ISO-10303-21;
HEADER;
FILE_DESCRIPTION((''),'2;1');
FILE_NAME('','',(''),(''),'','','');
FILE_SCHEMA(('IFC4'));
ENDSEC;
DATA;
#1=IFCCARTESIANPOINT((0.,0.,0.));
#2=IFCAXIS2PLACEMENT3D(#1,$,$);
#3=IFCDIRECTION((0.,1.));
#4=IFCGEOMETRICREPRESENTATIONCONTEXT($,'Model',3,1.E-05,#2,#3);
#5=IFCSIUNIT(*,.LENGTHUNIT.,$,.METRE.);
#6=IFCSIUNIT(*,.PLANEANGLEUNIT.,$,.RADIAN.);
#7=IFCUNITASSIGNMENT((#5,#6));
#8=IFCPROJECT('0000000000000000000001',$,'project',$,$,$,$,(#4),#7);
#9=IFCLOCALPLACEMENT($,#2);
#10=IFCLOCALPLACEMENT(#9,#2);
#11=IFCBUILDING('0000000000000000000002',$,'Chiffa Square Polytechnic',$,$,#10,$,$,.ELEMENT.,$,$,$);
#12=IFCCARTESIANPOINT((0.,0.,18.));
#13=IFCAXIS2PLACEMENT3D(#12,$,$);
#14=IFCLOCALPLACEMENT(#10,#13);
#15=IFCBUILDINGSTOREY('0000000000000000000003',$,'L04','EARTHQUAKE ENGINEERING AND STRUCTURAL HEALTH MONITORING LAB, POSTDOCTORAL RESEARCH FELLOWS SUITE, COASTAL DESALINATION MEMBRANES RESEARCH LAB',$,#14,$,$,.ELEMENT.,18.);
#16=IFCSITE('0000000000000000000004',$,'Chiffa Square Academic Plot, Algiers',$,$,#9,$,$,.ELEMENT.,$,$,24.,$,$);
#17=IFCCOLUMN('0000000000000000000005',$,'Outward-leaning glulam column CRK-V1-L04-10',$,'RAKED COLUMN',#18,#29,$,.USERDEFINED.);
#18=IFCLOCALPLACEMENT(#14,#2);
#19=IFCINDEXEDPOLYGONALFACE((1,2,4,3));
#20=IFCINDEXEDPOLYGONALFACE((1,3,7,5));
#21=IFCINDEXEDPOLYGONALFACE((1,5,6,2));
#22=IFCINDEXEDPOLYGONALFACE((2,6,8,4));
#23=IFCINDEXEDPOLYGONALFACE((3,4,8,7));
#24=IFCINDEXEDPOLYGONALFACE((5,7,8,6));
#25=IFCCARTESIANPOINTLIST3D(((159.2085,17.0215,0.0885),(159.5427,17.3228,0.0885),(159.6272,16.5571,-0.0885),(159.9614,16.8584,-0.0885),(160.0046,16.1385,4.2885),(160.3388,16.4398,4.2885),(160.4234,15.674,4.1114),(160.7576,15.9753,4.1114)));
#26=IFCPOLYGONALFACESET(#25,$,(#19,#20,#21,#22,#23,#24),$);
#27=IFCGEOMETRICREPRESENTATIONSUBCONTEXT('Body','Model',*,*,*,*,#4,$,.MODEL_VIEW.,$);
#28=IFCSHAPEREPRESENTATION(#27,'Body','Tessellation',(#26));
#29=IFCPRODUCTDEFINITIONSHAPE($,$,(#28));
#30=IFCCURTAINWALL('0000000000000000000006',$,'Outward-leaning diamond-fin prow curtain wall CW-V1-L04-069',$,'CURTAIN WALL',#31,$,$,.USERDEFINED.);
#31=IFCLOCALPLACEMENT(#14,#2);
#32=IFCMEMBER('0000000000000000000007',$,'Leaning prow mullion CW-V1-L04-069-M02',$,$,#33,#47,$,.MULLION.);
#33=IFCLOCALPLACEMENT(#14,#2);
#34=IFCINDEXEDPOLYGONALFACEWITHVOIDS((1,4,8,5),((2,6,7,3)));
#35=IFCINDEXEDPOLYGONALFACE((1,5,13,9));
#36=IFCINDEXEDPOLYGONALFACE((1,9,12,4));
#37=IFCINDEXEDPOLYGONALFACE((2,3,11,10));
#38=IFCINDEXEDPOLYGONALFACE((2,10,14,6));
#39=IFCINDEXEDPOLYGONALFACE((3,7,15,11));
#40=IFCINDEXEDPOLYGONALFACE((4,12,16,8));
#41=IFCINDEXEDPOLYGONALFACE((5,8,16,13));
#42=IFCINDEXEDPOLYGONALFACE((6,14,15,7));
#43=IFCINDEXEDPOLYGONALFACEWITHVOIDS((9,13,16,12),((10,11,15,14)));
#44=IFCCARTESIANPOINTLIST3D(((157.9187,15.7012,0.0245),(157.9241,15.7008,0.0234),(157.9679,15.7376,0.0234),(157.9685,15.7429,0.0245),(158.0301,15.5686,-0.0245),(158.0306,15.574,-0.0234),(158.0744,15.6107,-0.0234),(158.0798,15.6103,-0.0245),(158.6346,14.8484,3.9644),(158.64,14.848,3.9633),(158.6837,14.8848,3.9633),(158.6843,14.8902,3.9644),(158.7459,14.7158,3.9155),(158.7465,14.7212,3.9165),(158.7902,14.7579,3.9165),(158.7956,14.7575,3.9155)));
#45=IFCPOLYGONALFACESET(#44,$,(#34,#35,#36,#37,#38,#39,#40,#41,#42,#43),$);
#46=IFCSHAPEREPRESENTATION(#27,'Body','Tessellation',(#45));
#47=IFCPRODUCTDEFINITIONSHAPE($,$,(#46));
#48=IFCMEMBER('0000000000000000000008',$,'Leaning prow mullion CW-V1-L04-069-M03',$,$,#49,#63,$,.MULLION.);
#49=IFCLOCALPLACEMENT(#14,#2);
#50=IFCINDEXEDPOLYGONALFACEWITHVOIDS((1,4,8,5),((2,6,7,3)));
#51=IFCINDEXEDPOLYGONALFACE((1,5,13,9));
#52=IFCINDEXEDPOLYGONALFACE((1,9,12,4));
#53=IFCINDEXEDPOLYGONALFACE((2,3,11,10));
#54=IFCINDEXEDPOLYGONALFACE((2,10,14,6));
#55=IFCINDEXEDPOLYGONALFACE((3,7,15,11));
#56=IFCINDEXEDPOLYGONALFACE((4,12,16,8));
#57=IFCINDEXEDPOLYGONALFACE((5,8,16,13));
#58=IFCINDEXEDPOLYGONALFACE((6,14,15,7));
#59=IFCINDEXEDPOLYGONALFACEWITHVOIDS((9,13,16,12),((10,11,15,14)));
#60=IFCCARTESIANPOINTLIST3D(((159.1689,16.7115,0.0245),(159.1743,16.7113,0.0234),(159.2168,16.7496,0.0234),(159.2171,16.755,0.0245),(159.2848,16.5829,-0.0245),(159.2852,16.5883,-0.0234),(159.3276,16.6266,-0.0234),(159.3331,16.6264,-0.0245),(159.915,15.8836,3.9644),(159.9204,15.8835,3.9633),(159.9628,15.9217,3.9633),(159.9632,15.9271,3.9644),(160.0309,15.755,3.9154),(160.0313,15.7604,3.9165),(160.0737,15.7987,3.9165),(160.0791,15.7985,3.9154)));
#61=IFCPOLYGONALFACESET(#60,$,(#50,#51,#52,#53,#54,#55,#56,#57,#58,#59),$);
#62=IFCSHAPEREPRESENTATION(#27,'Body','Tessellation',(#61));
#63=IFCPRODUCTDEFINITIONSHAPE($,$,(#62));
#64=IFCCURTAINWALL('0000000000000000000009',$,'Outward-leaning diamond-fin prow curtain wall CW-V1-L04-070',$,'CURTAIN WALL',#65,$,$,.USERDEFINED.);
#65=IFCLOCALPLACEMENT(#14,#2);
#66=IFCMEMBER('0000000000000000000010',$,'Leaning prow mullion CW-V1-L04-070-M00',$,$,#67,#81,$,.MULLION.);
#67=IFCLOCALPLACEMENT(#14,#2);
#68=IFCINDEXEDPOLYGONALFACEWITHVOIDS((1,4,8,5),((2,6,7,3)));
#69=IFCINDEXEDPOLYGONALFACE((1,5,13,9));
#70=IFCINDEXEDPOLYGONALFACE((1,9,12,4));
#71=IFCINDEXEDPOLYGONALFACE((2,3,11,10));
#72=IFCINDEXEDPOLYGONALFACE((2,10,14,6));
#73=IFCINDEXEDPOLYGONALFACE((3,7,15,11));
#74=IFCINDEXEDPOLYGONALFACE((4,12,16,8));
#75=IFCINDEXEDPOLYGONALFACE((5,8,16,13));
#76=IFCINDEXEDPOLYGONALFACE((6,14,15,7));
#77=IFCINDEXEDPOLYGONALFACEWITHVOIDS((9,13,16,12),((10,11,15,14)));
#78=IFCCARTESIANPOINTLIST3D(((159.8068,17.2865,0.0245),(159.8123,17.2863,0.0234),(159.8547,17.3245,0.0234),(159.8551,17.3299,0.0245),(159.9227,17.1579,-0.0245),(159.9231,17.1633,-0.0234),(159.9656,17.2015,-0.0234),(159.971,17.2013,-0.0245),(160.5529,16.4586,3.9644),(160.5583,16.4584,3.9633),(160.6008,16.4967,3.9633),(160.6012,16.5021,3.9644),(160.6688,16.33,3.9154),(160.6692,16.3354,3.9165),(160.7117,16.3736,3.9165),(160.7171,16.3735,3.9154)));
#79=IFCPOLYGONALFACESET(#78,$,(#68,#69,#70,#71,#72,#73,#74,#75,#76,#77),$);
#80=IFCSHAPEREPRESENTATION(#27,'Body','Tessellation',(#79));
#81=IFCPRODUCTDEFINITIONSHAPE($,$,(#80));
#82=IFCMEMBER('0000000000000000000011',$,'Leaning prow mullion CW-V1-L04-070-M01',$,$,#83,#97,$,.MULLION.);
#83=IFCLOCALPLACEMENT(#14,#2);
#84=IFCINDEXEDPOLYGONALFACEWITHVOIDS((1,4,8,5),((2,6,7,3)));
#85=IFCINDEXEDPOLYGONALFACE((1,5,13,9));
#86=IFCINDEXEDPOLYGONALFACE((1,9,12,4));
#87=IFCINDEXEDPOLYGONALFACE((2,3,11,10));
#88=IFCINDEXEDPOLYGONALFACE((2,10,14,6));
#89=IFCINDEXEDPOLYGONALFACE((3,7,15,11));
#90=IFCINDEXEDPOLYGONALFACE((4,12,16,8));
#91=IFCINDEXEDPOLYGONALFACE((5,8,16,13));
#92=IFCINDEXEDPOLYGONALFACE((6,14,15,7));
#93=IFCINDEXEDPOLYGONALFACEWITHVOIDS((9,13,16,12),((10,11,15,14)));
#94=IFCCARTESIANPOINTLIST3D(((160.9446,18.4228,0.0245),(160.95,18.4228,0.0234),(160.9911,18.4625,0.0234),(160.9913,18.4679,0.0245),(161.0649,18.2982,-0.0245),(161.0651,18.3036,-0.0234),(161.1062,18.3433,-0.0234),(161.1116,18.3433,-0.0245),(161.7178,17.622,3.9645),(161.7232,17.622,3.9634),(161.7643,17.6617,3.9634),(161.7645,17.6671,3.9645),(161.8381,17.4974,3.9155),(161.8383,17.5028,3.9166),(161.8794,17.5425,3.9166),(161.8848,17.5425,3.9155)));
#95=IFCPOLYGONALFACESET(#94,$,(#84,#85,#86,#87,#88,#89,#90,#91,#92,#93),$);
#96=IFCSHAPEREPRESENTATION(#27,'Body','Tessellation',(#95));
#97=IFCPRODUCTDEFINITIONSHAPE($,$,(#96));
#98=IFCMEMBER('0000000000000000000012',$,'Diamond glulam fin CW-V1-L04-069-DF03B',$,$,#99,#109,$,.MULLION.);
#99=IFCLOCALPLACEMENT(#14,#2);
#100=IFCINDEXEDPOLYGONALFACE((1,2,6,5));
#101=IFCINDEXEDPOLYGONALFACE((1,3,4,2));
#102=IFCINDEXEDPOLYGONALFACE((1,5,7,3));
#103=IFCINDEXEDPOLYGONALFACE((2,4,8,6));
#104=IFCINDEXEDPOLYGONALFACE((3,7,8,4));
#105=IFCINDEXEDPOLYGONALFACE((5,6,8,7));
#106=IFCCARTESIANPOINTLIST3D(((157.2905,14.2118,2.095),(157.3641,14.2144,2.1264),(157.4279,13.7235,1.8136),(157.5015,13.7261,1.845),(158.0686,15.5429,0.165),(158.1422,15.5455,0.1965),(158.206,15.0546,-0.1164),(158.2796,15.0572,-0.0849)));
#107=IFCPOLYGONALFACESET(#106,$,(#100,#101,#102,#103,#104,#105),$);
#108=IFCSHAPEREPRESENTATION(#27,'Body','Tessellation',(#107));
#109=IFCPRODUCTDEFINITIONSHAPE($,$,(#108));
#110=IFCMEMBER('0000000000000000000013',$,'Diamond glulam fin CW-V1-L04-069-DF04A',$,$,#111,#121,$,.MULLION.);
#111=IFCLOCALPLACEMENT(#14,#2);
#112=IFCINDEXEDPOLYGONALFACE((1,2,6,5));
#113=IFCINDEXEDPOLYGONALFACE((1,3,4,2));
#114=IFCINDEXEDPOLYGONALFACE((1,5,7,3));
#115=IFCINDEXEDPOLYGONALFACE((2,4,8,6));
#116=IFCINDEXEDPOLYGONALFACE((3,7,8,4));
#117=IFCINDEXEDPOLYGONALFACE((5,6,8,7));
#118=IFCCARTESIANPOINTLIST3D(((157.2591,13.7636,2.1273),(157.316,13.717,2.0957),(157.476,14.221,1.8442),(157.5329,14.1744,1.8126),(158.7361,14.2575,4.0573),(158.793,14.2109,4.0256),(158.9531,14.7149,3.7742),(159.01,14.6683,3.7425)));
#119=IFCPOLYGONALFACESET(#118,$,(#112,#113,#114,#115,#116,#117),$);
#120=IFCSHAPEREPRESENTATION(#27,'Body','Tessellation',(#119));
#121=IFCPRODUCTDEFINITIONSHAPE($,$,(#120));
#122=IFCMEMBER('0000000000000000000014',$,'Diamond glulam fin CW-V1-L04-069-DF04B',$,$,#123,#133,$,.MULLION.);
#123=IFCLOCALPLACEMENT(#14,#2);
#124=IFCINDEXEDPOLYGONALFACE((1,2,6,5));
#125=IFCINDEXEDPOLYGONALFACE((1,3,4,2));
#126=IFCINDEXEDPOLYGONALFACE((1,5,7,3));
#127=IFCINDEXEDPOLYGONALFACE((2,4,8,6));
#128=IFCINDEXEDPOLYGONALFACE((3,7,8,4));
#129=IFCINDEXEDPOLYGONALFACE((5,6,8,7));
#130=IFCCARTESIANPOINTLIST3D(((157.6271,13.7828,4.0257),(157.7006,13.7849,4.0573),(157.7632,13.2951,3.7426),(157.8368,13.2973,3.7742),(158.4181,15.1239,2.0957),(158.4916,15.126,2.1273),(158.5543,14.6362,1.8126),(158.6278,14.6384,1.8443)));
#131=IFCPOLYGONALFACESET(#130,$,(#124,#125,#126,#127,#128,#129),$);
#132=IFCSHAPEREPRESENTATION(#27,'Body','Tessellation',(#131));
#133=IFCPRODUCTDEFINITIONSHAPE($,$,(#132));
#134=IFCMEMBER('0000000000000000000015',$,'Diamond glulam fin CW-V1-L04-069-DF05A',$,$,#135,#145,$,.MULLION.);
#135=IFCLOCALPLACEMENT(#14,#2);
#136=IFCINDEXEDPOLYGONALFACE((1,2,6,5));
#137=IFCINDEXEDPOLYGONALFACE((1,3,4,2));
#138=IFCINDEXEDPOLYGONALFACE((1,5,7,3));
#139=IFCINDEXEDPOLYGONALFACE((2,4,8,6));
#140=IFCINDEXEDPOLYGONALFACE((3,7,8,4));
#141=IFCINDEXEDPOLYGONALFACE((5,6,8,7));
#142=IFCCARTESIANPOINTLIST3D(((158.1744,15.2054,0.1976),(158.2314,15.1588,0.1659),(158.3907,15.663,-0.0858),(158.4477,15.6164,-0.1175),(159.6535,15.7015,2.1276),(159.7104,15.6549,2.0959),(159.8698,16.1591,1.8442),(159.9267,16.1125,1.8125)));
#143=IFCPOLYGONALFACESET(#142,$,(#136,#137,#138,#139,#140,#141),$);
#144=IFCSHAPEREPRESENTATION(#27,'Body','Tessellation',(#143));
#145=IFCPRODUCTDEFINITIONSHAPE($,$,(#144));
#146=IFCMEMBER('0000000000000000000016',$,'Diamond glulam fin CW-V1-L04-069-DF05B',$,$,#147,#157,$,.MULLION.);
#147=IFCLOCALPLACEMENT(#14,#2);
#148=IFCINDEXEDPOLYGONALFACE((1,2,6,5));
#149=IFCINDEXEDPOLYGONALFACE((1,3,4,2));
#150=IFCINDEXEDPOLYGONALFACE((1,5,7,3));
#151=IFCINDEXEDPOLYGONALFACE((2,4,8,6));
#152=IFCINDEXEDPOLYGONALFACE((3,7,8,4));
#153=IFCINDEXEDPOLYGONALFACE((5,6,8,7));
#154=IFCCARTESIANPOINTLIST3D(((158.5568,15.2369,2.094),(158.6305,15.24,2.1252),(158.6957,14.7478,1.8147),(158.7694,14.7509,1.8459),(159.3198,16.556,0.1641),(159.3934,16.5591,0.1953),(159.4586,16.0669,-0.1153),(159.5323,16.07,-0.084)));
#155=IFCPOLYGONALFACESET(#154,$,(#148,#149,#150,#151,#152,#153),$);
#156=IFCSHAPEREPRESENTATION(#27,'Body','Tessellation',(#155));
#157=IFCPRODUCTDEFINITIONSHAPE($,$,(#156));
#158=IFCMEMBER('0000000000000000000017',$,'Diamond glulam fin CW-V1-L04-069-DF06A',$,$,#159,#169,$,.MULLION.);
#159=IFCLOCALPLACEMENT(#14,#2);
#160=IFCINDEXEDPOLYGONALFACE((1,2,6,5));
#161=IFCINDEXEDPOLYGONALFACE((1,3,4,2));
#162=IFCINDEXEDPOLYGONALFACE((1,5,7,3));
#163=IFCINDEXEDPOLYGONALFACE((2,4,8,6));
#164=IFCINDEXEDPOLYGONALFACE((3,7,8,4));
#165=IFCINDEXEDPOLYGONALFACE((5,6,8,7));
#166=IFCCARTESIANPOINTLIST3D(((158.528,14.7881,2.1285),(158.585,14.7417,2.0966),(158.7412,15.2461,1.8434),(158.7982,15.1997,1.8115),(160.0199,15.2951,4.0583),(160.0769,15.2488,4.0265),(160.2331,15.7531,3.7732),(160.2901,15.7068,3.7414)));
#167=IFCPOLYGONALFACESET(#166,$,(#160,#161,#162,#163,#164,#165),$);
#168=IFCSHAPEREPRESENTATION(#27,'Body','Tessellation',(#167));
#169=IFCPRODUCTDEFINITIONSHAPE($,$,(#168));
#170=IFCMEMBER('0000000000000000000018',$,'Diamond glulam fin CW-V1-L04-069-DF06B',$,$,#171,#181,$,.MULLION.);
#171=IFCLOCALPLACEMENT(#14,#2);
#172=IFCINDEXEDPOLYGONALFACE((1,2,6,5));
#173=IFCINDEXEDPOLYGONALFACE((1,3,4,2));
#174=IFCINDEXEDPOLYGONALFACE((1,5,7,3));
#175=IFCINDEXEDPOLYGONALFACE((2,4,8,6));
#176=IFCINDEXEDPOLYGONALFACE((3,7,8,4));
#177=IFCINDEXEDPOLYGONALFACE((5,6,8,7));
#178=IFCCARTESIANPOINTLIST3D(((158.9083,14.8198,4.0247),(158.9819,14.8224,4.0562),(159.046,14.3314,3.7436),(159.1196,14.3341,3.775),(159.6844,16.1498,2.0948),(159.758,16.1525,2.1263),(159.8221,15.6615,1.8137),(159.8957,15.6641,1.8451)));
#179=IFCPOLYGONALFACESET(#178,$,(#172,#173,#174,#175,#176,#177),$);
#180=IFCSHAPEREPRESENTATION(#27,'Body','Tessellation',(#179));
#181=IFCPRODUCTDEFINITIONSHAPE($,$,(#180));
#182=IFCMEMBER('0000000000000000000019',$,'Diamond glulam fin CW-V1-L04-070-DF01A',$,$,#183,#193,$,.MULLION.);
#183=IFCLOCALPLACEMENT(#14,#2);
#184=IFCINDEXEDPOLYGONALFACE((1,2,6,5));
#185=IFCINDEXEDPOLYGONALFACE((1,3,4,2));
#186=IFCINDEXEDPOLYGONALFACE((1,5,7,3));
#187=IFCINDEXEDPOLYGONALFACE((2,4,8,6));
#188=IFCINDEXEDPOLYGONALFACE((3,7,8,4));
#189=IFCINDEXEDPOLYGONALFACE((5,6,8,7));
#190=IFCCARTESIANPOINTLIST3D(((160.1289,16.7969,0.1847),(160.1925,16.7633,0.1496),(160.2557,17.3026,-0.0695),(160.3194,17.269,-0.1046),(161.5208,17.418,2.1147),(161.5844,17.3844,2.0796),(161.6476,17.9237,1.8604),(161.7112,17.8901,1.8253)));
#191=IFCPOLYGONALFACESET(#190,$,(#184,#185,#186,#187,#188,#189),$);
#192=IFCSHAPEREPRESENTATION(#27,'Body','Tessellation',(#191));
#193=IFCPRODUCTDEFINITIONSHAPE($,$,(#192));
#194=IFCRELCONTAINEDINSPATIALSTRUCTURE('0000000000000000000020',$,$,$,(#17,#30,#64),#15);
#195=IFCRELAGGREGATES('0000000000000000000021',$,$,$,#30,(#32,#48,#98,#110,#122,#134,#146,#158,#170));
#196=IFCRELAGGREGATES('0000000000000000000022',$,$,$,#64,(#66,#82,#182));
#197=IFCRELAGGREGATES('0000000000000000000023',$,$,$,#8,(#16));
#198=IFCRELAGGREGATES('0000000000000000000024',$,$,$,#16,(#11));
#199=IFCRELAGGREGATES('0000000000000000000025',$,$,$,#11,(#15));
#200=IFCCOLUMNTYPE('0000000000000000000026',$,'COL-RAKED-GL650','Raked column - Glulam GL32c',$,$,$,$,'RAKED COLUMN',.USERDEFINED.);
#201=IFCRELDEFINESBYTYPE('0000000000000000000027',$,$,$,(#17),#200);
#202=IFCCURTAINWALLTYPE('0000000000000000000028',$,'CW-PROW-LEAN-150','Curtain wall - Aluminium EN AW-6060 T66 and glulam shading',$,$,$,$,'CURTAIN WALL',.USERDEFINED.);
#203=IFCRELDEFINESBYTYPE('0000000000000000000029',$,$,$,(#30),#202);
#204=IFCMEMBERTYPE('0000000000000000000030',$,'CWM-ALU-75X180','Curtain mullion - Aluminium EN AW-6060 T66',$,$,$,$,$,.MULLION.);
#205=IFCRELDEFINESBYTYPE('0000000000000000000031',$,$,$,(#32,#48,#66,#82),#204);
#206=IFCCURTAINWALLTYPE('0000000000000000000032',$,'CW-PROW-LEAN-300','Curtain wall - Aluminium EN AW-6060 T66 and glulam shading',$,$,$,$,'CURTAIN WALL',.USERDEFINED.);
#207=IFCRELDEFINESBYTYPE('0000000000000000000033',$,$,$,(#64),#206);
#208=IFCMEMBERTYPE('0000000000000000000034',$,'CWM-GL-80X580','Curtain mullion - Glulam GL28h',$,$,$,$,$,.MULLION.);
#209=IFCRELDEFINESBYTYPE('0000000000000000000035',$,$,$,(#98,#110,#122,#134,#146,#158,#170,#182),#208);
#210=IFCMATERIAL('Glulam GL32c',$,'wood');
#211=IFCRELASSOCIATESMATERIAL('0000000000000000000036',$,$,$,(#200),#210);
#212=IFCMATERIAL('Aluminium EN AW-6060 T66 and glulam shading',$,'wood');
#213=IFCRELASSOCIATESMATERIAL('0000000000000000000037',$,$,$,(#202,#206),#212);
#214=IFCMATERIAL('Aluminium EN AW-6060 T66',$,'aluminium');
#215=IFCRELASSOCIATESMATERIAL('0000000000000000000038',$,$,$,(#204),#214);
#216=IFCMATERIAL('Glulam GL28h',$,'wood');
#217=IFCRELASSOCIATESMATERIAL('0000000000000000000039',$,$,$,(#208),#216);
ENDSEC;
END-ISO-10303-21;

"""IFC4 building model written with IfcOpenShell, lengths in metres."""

from ifc_helpers import new_model, si_unit, direction, frame, origin, origin_2d, place, context, subcontext, project, spatial, rectangle, hollow_rectangle, extrude, material, material_profile, profile_set, type_object, element, aggregate, save


model = new_model("IFC4")

# Units and contexts
model_context = context("Model", 3, precision=1e-05, world=origin(), true_north=direction((0.0, 1.0)))
body_context = subcontext(model_context, "Body", "Model", "MODEL_VIEW")
ifc_project = project(units=[si_unit("LENGTHUNIT", "METRE"), si_unit("PLANEANGLEUNIT", "RADIAN")], contexts=[model_context])

# Site, building, storey
site_placement = place(None, origin())
site = spatial("IfcSite", under=ifc_project, at=site_placement, Name="Chiffa Square Academic Plot, Algiers", CompositionType="ELEMENT", RefElevation=24.0)
building_placement = place(site_placement, origin())
building = spatial("IfcBuilding", under=site, at=building_placement, Name="Chiffa Square Polytechnic", CompositionType="ELEMENT")
storey_placement = place(building_placement, frame((0.0, 0.0, 18.0)))
storey = spatial("IfcBuildingStorey", under=building, at=storey_placement, Name="L04", Description="EARTHQUAKE ENGINEERING AND STRUCTURAL HEALTH MONITORING LAB, POSTDOCTORAL RESEARCH FELLOWS SUITE, COASTAL DESALINATION MEMBRANES RESEARCH LAB", CompositionType="ELEMENT", Elevation=18.0)

# Column
ifc_material_1 = material(Name="Glulam GL32c", Category="wood")
ifc_material_profile_1 = material_profile(ifc_material_1, rectangle(XDim=0.45, YDim=0.6499, at=origin_2d()), Name="GL32c 450x650")
ifc_profile_set_1 = profile_set([ifc_material_profile_1], Name="Glulam GL32c")
column_type = type_object("IfcColumnType", Name="COL-RAKED-GL650", Description="Raked column - Glulam GL32c", ElementType="RAKED COLUMN", PredefinedType="USERDEFINED", material=ifc_profile_set_1)
column_placement = place(storey_placement, frame((159.585, 16.9399, 0.0), z_axis=(0.182392, -0.202304, 0.962188), x_axis=(0.742712, 0.669611, 0.0)))
element("IfcColumn", 1, at=column_placement, inside=storey, type_object=column_type, Name="Outward-leaning glulam column CRK-V1-L04-10", ObjectType="RAKED COLUMN", PredefinedType="USERDEFINED", context=body_context, shape_type="SweptSolid", body=[
    extrude(rectangle(XDim=0.45, YDim=0.6499, at=origin_2d()), origin(), (0.0, 0.0, 1.0), 4.365),
])

# Curtain walls, members
ifc_material_2 = material(Name="Aluminium EN AW-6060 T66 and glulam shading", Category="wood")
curtain_wall_type_1 = type_object("IfcCurtainWallType", Name="CW-PROW-LEAN-150", Description="Curtain wall - Aluminium EN AW-6060 T66 and glulam shading", ElementType="CURTAIN WALL", PredefinedType="USERDEFINED", material=ifc_material_2)
curtain_wall_1_placement = place(storey_placement, origin())
curtain_wall_1 = element("IfcCurtainWall", 2, at=curtain_wall_1_placement, inside=storey, type_object=curtain_wall_type_1, Name="Outward-leaning diamond-fin prow curtain wall CW-V1-L04-069", ObjectType="CURTAIN WALL", PredefinedType="USERDEFINED")
ifc_material_3 = material(Name="Aluminium EN AW-6060 T66", Category="aluminium")
ifc_material_profile_2 = material_profile(ifc_material_3, hollow_rectangle(XDim=0.0649, YDim=0.1799, WallThickness=0.0039, at=origin_2d()), Name="ALU 65x180x4")
ifc_profile_set_2 = profile_set([ifc_material_profile_2], Name="Aluminium EN AW-6060 T66")
member_type_1 = type_object("IfcMemberType", Name="CWM-ALU-75X180", Description="Curtain mullion - Aluminium EN AW-6060 T66", PredefinedType="MULLION", material=ifc_profile_set_2)
member_1_placement = place(storey_placement, frame((157.9993, 15.6558, 0.0), z_axis=(0.174836, -0.208289, 0.962314), x_axis=(0.765934, 0.642919, 0.0)))
member_1 = element("IfcMember", 3, at=member_1_placement, type_object=member_type_1, Name="Leaning prow mullion CW-V1-L04-069-M02", PredefinedType="MULLION", context=body_context, shape_type="SweptSolid", body=[
    extrude(hollow_rectangle(XDim=0.0649, YDim=0.1799, WallThickness=0.0039, at=origin_2d()), origin(), (0.0, 0.0, 1.0), 4.0942),
])
member_2_placement = place(storey_placement, frame((159.251, 16.6689, 0.0), z_axis=(0.182217, -0.202192, 0.962245), x_axis=(0.742847, 0.669461, 0.0)))
member_2 = element("IfcMember", 4, at=member_2_placement, type_object=member_type_1, Name="Leaning prow mullion CW-V1-L04-069-M03", PredefinedType="MULLION", context=body_context, shape_type="SweptSolid", body=[
    extrude(hollow_rectangle(XDim=0.0649, YDim=0.1799, WallThickness=0.0039, at=origin_2d()), origin(), (0.0, 0.0, 1.0), 4.0945),
])
curtain_wall_type_2 = type_object("IfcCurtainWallType", Name="CW-PROW-LEAN-300", Description="Curtain wall - Aluminium EN AW-6060 T66 and glulam shading", ElementType="CURTAIN WALL", PredefinedType="USERDEFINED", material=ifc_material_2)
curtain_wall_2_placement = place(storey_placement, origin())
curtain_wall_2 = element("IfcCurtainWall", 5, at=curtain_wall_2_placement, inside=storey, type_object=curtain_wall_type_2, Name="Outward-leaning diamond-fin prow curtain wall CW-V1-L04-070", ObjectType="CURTAIN WALL", PredefinedType="USERDEFINED")
member_3_placement = place(storey_placement, frame((159.8889, 17.2439, 0.0), z_axis=(0.182217, -0.202192, 0.962245), x_axis=(0.742847, 0.669461, 0.0)))
member_3 = element("IfcMember", 6, at=member_3_placement, type_object=member_type_1, Name="Leaning prow mullion CW-V1-L04-070-M00", PredefinedType="MULLION", context=body_context, shape_type="SweptSolid", body=[
    extrude(hollow_rectangle(XDim=0.0649, YDim=0.1799, WallThickness=0.0039, at=origin_2d()), origin(), (0.0, 0.0, 1.0), 4.0945),
])
member_4_placement = place(storey_placement, frame((161.0281, 18.3831, 0.0), z_axis=(0.188852, -0.195591, 0.96233), x_axis=(0.71939, 0.694606, 0.0)))
member_4 = element("IfcMember", 7, at=member_4_placement, type_object=member_type_1, Name="Leaning prow mullion CW-V1-L04-070-M01", PredefinedType="MULLION", context=body_context, shape_type="SweptSolid", body=[
    extrude(hollow_rectangle(XDim=0.0649, YDim=0.1799, WallThickness=0.0039, at=origin_2d()), origin(), (0.0, 0.0, 1.0), 4.0942),
])

# Members
ifc_material_4 = material(Name="Glulam GL28h", Category="wood")
ifc_material_profile_3 = material_profile(ifc_material_4, rectangle(XDim=0.0801, YDim=0.5801, at=origin_2d()), Name="GL28h 80x580")
ifc_profile_set_3 = profile_set([ifc_material_profile_3], Name="Glulam GL28h")
member_type_2 = type_object("IfcMemberType", Name="CWM-GL-80X580", Description="Curtain mullion - Glulam GL28h", PredefinedType="MULLION", material=ifc_profile_set_3)
member_5_placement = place(storey_placement, frame((158.1741, 15.3, 0.04), z_axis=(-0.314989, -0.538851, 0.781295), x_axis=(0.919058, 0.032288, 0.392798)))
member_5 = element("IfcMember", 8, at=member_5_placement, type_object=member_type_2, Name="Diamond glulam fin CW-V1-L04-069-DF03B", PredefinedType="MULLION", context=body_context, shape_type="SweptSolid", body=[
    extrude(rectangle(XDim=0.0801, YDim=0.5801, at=origin_2d()), origin(), (0.0, 0.0, 1.0), 2.4702),
])
member_6_placement = place(storey_placement, frame((157.396, 13.969, 1.97), z_axis=(0.595592, 0.199154, 0.778208), x_axis=(-0.710913, 0.581726, 0.395218)))
member_6 = element("IfcMember", 9, at=member_6_placement, type_object=member_type_2, Name="Diamond glulam fin CW-V1-L04-069-DF04A", PredefinedType="MULLION", context=body_context, shape_type="SweptSolid", body=[
    extrude(rectangle(XDim=0.0801, YDim=0.5801, at=origin_2d()), origin(), (0.0, 0.0, 1.0), 2.48),
])
member_7_placement = place(storey_placement, frame((158.5229, 14.8811, 1.97), z_axis=(-0.319, -0.540822, 0.7783), x_axis=(0.91822, 0.027052, 0.395146)))
member_7 = element("IfcMember", 10, at=member_7_placement, type_object=member_type_2, Name="Diamond glulam fin CW-V1-L04-069-DF04B", PredefinedType="MULLION", context=body_context, shape_type="SweptSolid", body=[
    extrude(rectangle(XDim=0.0801, YDim=0.5801, at=origin_2d()), origin(), (0.0, 0.0, 1.0), 2.4797),
])
member_8_placement = place(storey_placement, frame((158.311, 15.4109, 0.04), z_axis=(0.595995, 0.199911, 0.777705), x_axis=(-0.711159, 0.581159, 0.395609)))
member_8 = element("IfcMember", 11, at=member_8_placement, type_object=member_type_2, Name="Diamond glulam fin CW-V1-L04-069-DF05A", PredefinedType="MULLION", context=body_context, shape_type="SweptSolid", body=[
    extrude(rectangle(XDim=0.0801, YDim=0.5801, at=origin_2d()), origin(), (0.0, 0.0, 1.0), 2.4817),
])
member_9_placement = place(storey_placement, frame((159.426, 16.313, 0.04), z_axis=(-0.310263, -0.536433, 0.784842), x_axis=(0.920017, 0.03846, 0.389987)))
member_9 = element("IfcMember", 12, at=member_9_placement, type_object=member_type_2, Name="Diamond glulam fin CW-V1-L04-069-DF05B", PredefinedType="MULLION", context=body_context, shape_type="SweptSolid", body=[
    extrude(rectangle(XDim=0.0801, YDim=0.5801, at=origin_2d()), origin(), (0.0, 0.0, 1.0), 2.459),
])
member_10_placement = place(storey_placement, frame((158.6631, 14.9939, 1.97), z_axis=(0.598809, 0.203523, 0.774601), x_axis=(-0.711628, 0.578939, 0.398014)))
member_10 = element("IfcMember", 13, at=member_10_placement, type_object=member_type_2, Name="Diamond glulam fin CW-V1-L04-069-DF06A", PredefinedType="MULLION", context=body_context, shape_type="SweptSolid", body=[
    extrude(rectangle(XDim=0.0801, YDim=0.5801, at=origin_2d()), origin(), (0.0, 0.0, 1.0), 2.4915),
])
member_11_placement = place(storey_placement, frame((159.79, 15.907, 1.97), z_axis=(-0.314343, -0.538705, 0.781656), x_axis=(0.919147, 0.033196, 0.392514)))
member_11 = element("IfcMember", 14, at=member_11_placement, type_object=member_type_2, Name="Diamond glulam fin CW-V1-L04-069-DF06B", PredefinedType="MULLION", context=body_context, shape_type="SweptSolid", body=[
    extrude(rectangle(XDim=0.0801, YDim=0.5801, at=origin_2d()), origin(), (0.0, 0.0, 1.0), 2.469),
])
member_12_placement = place(storey_placement, frame((160.2241, 17.033, 0.04), z_axis=(0.565977, 0.25256, 0.784783), x_axis=(-0.794909, 0.419597, 0.438244)))
member_12 = element("IfcMember", 15, at=member_12_placement, type_object=member_type_2, Name="Diamond glulam fin CW-V1-L04-070-DF01A", PredefinedType="MULLION", context=body_context, shape_type="SweptSolid", body=[
    extrude(rectangle(XDim=0.0801, YDim=0.5801, at=origin_2d()), origin(), (0.0, 0.0, 1.0), 2.4592),
])

aggregate(curtain_wall_1, [member_1, member_2, member_5, member_6, member_7, member_8, member_9, member_10, member_11])
aggregate(curtain_wall_2, [member_3, member_4, member_12])

save(model, "model.ifc")
